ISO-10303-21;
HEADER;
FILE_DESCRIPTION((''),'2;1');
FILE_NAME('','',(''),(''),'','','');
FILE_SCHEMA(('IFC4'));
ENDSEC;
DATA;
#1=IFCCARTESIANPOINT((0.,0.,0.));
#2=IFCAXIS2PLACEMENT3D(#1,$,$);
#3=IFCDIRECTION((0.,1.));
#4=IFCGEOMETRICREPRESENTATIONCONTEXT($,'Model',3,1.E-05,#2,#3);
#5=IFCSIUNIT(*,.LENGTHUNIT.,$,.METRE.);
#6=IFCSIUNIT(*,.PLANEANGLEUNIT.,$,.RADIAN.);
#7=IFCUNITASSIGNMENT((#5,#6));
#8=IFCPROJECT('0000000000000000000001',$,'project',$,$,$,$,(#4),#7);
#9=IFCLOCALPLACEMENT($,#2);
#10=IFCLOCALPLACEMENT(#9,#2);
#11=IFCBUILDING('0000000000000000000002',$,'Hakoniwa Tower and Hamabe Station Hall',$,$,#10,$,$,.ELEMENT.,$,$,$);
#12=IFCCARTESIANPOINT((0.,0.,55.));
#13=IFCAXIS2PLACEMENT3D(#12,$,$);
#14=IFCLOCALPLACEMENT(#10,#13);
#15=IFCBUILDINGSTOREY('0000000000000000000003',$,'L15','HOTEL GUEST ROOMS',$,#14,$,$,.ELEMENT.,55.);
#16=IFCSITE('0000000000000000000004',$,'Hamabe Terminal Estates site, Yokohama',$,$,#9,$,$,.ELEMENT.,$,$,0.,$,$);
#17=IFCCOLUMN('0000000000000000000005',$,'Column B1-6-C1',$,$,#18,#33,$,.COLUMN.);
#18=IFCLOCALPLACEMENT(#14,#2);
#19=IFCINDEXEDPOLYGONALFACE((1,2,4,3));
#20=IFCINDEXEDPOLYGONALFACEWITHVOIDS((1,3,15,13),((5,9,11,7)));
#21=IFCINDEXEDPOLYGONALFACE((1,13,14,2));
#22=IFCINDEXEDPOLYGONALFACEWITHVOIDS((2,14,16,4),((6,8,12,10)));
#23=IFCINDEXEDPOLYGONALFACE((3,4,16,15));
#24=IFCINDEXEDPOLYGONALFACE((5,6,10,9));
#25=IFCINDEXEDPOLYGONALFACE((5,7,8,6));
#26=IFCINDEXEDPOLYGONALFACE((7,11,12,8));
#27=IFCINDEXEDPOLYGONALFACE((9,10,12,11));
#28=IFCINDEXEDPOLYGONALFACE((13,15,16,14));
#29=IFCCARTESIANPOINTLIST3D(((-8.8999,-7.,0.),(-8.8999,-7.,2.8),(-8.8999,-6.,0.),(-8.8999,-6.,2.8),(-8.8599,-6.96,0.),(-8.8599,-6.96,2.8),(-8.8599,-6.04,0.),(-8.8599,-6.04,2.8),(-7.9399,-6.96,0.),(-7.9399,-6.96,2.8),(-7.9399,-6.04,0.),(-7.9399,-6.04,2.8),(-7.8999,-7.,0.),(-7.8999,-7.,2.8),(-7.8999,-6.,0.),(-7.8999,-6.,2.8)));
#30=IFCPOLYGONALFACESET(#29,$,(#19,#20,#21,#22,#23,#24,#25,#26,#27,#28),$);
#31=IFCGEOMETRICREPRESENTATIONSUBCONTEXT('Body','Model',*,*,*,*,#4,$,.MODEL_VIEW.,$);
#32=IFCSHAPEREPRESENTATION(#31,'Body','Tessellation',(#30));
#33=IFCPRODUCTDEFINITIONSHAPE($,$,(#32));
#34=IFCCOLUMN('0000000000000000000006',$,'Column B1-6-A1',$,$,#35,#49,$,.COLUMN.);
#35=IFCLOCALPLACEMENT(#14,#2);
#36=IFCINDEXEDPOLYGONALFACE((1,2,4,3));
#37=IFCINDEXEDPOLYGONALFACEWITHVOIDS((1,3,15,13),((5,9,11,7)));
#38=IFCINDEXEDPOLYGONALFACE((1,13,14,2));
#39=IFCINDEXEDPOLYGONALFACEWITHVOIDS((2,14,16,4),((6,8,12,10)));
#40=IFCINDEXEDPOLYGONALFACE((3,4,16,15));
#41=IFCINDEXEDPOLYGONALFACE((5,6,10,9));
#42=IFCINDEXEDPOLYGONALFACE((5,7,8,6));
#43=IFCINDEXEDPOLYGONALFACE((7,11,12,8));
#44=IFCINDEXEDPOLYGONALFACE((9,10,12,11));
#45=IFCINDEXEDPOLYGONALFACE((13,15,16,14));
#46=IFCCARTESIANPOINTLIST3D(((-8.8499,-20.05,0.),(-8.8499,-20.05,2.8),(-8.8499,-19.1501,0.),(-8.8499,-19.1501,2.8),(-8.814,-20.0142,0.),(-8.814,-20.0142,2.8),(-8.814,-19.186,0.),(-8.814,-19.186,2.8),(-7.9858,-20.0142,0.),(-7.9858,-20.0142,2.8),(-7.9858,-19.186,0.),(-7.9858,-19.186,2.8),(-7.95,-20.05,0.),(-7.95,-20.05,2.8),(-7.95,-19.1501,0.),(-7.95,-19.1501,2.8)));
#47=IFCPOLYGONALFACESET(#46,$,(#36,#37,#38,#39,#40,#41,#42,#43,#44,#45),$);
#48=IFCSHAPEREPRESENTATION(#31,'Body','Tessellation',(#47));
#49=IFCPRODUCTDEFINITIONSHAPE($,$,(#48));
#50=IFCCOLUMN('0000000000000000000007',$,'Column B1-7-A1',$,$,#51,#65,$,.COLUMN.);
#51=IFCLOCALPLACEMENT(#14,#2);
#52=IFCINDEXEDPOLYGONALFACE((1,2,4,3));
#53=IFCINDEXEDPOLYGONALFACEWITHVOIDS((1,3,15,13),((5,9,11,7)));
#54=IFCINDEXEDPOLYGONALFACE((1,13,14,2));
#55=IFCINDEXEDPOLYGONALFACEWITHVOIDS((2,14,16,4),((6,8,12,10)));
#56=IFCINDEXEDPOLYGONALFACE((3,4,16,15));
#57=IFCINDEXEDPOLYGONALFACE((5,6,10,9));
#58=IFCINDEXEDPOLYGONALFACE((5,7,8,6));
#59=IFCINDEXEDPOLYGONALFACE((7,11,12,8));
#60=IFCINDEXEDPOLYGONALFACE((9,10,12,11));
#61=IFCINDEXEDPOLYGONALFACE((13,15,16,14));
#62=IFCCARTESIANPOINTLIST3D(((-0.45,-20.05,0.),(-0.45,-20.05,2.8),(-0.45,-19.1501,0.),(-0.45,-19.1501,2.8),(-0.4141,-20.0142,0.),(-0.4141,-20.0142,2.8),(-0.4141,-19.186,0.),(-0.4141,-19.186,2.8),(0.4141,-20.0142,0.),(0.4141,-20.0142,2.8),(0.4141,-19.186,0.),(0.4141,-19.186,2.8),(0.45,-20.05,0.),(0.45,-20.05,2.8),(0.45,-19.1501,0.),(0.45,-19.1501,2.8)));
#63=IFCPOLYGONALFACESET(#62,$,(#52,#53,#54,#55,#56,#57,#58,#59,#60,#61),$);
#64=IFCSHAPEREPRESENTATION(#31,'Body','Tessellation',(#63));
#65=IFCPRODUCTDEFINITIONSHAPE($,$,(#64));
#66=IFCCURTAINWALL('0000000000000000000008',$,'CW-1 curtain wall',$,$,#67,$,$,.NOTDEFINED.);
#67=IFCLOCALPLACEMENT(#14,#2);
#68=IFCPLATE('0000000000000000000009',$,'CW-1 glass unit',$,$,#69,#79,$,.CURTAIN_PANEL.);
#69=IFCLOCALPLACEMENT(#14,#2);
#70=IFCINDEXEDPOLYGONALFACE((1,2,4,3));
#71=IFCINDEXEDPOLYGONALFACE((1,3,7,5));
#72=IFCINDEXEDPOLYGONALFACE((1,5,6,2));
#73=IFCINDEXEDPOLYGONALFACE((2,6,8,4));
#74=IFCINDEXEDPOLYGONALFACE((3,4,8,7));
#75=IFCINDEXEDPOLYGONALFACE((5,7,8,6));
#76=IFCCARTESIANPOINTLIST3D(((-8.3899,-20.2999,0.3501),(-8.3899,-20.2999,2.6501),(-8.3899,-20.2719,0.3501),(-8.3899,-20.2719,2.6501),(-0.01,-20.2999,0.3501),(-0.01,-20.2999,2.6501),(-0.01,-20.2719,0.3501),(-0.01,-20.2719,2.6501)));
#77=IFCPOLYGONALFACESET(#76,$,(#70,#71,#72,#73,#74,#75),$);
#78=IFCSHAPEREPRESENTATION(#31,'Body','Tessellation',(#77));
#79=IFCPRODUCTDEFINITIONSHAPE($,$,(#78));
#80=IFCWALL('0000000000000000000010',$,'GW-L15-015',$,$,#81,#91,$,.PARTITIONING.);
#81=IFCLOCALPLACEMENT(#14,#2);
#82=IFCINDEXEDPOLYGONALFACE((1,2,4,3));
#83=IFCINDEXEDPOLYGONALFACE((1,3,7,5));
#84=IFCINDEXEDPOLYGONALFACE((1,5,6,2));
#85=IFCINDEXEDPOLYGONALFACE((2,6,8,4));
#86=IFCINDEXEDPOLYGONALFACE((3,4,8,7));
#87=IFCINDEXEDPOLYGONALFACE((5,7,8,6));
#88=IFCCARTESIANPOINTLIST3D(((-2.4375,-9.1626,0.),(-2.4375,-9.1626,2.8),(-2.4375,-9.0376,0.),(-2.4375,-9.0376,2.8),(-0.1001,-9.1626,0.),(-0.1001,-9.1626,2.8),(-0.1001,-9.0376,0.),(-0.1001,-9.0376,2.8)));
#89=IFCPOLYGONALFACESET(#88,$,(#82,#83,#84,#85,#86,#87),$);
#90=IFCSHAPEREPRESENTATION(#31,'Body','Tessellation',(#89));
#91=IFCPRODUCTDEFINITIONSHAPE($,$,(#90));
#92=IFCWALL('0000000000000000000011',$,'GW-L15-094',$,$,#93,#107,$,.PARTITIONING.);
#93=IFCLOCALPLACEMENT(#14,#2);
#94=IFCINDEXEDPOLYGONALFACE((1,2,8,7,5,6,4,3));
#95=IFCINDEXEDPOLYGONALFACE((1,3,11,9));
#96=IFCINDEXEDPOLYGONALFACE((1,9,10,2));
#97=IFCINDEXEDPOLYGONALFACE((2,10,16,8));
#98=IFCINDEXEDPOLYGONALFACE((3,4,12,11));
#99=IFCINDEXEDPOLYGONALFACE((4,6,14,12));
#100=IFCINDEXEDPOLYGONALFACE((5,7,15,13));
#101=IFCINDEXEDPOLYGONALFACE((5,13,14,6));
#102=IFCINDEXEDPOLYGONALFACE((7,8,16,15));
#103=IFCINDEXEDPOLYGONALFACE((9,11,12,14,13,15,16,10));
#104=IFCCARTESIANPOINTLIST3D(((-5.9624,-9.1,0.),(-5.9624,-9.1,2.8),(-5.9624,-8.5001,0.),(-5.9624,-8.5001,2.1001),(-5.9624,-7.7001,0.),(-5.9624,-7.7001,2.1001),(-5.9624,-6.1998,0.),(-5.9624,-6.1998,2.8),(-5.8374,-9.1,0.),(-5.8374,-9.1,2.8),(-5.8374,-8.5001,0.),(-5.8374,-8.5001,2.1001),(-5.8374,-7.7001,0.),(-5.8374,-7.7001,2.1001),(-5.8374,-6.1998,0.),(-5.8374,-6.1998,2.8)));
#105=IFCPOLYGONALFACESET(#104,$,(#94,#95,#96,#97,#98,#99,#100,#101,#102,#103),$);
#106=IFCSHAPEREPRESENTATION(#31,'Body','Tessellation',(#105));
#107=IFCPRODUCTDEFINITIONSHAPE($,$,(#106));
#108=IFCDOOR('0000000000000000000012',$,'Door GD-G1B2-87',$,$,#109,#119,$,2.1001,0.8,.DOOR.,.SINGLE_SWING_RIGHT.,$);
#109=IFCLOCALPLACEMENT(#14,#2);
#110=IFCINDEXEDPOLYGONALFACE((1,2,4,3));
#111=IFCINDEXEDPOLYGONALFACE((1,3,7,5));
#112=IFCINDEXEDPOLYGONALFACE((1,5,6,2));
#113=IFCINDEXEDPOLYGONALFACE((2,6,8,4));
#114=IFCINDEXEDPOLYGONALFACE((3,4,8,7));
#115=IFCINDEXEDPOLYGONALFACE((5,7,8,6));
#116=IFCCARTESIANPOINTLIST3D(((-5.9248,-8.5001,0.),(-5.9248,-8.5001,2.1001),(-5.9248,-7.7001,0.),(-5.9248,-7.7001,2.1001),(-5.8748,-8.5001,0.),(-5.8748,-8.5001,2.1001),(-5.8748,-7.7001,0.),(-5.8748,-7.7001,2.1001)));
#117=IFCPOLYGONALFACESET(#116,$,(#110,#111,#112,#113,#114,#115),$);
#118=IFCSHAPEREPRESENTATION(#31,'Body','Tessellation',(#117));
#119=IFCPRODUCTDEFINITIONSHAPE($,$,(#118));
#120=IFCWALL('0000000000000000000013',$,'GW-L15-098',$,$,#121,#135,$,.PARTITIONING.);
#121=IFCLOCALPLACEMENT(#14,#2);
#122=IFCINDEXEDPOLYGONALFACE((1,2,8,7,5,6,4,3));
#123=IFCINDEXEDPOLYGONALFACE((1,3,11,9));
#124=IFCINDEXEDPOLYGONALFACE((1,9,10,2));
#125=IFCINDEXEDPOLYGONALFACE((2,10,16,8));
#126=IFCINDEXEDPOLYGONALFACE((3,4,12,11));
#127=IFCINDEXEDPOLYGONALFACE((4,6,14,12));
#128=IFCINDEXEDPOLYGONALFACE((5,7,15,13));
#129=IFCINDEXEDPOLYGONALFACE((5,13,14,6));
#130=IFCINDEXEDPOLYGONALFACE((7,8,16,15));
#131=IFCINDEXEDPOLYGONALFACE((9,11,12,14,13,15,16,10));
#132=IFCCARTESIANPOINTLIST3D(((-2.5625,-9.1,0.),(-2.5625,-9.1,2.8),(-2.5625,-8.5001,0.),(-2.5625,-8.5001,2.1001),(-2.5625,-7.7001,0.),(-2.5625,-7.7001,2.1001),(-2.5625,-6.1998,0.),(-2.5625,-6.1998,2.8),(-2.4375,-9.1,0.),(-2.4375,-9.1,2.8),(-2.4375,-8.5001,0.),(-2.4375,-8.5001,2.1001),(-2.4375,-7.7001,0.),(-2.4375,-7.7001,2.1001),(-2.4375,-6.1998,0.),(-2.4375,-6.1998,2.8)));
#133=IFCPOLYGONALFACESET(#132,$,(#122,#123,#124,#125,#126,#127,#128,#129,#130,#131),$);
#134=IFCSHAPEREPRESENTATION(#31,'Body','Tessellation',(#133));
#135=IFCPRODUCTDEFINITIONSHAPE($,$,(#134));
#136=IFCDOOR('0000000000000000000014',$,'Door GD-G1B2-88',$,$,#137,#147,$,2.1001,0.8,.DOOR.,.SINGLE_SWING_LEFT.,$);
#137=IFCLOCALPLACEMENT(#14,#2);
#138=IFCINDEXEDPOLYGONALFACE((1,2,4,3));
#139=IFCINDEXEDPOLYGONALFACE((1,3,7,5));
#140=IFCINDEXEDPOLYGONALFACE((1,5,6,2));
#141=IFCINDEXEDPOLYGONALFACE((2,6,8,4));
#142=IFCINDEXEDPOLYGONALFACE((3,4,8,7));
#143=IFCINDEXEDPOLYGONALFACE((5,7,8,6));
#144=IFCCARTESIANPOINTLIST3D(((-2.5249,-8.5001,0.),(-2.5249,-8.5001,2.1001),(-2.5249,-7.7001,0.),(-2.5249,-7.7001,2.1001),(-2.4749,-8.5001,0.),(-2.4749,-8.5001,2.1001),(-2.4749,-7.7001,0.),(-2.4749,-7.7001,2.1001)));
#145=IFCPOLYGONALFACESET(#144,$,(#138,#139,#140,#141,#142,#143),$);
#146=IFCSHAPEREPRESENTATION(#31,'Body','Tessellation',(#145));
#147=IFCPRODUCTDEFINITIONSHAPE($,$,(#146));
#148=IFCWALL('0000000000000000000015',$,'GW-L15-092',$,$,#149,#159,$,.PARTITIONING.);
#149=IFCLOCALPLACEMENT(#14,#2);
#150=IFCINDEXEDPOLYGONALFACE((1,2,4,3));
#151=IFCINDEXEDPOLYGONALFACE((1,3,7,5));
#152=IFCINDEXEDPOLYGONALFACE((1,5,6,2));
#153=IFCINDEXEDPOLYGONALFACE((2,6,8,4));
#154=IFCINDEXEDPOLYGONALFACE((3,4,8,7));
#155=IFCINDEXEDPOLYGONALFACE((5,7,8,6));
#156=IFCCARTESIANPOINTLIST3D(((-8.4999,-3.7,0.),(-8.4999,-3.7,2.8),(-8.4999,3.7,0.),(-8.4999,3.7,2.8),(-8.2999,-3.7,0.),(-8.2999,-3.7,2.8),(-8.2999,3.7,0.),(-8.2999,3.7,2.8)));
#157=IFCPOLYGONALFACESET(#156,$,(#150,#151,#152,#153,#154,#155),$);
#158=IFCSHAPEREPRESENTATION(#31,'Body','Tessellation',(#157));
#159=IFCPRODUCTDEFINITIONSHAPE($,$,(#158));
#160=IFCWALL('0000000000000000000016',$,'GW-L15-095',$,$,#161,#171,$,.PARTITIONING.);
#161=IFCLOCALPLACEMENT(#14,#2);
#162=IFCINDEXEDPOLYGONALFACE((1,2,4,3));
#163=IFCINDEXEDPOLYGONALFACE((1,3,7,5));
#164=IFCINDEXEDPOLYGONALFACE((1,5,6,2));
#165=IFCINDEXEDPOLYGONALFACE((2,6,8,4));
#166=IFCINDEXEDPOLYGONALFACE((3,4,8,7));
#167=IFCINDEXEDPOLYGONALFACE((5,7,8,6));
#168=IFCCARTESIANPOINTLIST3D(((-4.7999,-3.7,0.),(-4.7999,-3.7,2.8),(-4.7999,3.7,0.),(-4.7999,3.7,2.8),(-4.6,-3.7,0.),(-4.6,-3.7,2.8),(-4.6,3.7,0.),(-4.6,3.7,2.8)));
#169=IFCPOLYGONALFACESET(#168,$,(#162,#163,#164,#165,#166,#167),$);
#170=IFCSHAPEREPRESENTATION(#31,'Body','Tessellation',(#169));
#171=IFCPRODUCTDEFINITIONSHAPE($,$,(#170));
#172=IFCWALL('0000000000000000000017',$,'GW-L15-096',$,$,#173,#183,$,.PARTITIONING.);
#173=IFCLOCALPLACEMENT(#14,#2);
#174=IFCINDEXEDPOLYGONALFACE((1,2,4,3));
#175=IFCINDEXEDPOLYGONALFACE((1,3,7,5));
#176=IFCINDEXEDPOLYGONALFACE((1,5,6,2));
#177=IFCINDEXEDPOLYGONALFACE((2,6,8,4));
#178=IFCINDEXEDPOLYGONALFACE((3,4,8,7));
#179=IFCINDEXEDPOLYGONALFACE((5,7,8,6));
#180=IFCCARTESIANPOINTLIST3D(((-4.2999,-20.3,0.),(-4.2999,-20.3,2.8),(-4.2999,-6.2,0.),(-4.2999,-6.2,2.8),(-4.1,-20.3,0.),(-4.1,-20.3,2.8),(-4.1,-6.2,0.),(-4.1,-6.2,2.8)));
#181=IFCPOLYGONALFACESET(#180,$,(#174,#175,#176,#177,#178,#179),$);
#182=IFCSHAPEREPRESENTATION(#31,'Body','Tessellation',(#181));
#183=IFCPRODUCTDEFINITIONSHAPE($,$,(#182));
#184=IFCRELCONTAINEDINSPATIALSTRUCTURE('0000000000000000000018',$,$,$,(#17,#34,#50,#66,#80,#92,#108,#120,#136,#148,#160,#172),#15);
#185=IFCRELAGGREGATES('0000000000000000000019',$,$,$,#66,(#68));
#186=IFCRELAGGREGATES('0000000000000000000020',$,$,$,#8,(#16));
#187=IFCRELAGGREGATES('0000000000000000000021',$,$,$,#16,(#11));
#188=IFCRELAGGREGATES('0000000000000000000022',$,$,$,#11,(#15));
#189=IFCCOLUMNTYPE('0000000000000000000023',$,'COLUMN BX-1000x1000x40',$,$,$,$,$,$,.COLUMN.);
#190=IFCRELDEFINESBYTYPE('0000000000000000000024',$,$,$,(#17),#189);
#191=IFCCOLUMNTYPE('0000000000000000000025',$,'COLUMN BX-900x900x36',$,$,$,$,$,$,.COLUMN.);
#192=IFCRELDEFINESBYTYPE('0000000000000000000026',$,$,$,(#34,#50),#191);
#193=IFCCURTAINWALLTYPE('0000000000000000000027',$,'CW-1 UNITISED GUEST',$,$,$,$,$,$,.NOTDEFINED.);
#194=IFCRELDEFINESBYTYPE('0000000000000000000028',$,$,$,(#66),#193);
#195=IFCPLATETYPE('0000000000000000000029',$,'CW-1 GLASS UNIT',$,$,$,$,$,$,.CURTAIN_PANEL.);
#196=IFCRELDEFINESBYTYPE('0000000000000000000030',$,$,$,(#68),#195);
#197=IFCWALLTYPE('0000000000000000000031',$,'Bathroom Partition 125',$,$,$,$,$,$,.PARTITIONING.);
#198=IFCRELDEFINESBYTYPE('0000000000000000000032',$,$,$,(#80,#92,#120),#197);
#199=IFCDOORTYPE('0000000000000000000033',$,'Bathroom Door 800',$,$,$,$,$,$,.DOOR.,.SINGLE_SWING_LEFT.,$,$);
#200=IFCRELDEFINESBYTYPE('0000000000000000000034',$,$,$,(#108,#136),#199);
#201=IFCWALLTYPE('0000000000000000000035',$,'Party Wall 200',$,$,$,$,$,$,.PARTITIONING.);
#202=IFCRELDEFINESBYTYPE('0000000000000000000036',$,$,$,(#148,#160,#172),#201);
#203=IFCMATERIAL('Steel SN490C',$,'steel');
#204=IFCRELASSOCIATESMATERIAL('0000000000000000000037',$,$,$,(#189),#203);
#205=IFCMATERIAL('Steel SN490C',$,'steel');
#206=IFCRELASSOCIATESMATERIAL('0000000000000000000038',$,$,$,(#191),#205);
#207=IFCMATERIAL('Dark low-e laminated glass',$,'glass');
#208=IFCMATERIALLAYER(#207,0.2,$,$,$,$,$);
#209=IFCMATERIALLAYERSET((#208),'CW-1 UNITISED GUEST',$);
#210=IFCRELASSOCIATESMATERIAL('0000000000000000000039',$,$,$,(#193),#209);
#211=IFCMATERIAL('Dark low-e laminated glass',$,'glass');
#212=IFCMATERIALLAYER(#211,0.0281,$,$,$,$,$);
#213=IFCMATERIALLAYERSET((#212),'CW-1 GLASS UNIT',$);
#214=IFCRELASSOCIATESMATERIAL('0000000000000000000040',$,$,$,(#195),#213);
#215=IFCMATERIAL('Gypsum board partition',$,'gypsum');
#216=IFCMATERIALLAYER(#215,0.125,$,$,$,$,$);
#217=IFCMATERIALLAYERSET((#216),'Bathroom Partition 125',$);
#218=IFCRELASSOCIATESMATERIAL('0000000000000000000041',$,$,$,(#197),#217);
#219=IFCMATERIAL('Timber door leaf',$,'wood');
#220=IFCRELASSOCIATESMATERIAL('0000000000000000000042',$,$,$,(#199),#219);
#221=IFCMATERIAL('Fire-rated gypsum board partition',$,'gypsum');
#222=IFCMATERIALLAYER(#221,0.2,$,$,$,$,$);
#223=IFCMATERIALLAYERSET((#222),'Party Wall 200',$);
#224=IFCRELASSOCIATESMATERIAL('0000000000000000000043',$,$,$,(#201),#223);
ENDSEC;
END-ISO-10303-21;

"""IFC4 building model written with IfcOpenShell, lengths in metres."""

from ifc_helpers import new_model, si_unit, direction, frame, frame_2d, origin, origin_2d, place, context, subcontext, project, spatial, rectangle, hollow_rectangle, extrude, material, layer, layer_set, material_profile, profile_set, type_object, element, fill, aggregate, save


model = new_model("IFC4")

# Units and contexts
model_context = context("Model", 3, precision=1e-05, world=origin(), true_north=direction((0.0, 1.0)))
body_context = subcontext(model_context, "Body", "Model", "MODEL_VIEW")
ifc_project = project(units=[si_unit("LENGTHUNIT", "METRE"), si_unit("PLANEANGLEUNIT", "RADIAN")], contexts=[model_context])

# Site, building, storey
site_placement = place(None, origin())
site = spatial("IfcSite", under=ifc_project, at=site_placement, Name="Hamabe Terminal Estates site, Yokohama", CompositionType="ELEMENT", RefElevation=0.0)
building_placement = place(site_placement, origin())
building = spatial("IfcBuilding", under=site, at=building_placement, Name="Hakoniwa Tower and Hamabe Station Hall", CompositionType="ELEMENT")
storey_placement = place(building_placement, frame((0.0, 0.0, 55.0)))
storey = spatial("IfcBuildingStorey", under=building, at=storey_placement, Name="L15", Description="HOTEL GUEST ROOMS", CompositionType="ELEMENT", Elevation=55.0)

# Columns
ifc_material_1 = material(Name="Steel SN490C", Category="steel")
ifc_material_profile_1 = material_profile(ifc_material_1, hollow_rectangle(XDim=1.0, YDim=1.0, WallThickness=0.04, at=origin_2d()), Name="BX-1000x1000x40")
ifc_profile_set_1 = profile_set([ifc_material_profile_1], Name="Steel SN490C")
column_type_1 = type_object("IfcColumnType", Name="COLUMN BX-1000x1000x40", PredefinedType="COLUMN", material=ifc_profile_set_1)
column_placement = place(storey_placement, frame((-8.3999, -6.5, 0.0), z_axis=(0.0, 0.0, 1.0), x_axis=(1.0, 0.0, 0.0)))
element("IfcColumn", 1, at=column_placement, inside=storey, type_object=column_type_1, Name="Column B1-6-C1", PredefinedType="COLUMN", context=body_context, shape_type="SweptSolid", body=[
    extrude(hollow_rectangle(XDim=1.0, YDim=1.0, WallThickness=0.04, at=origin_2d()), origin(), (0.0, 0.0, 1.0), 2.8),
])
ifc_material_2 = material(Name="Steel SN490C", Category="steel")
ifc_material_profile_2 = material_profile(ifc_material_2, hollow_rectangle(XDim=0.8999, YDim=0.8999, WallThickness=0.0359, at=origin_2d()), Name="BX-900x900x36")
ifc_profile_set_2 = profile_set([ifc_material_profile_2], Name="Steel SN490C")
column_type_2 = type_object("IfcColumnType", Name="COLUMN BX-900x900x36", PredefinedType="COLUMN", material=ifc_profile_set_2)
for number, where, z_axis, x_axis, name in (
    (2, (-8.3999, -19.6001, 0.0), (0.0, 0.0, 1.0), (1.0, 0.0, 0.0), "Column B1-6-A1"),
    (3, (0.0, -19.6001, 0.0), (0.0, 0.0, 1.0), (1.0, 0.0, 0.0), "Column B1-7-A1"),
):
    element("IfcColumn", number, at=place(storey_placement, frame(where, z_axis=z_axis, x_axis=x_axis)), inside=storey, type_object=column_type_2, Name=name, PredefinedType="COLUMN", context=body_context, shape_type="SweptSolid", body=[
        extrude(hollow_rectangle(XDim=0.8999, YDim=0.8999, WallThickness=0.0359, at=origin_2d()), origin(), (0.0, 0.0, 1.0), 2.8),
    ])

# Curtain wall, plate
ifc_material_3 = material(Name="Dark low-e laminated glass", Category="glass")
ifc_layer_1 = layer(ifc_material_3, 0.2)
ifc_layer_set_1 = layer_set([ifc_layer_1], Name="CW-1 UNITISED GUEST")
curtain_wall_type = type_object("IfcCurtainWallType", Name="CW-1 UNITISED GUEST", PredefinedType="NOTDEFINED", material=ifc_layer_set_1)
curtain_wall_placement = place(storey_placement, origin())
curtain_wall = element("IfcCurtainWall", 4, at=curtain_wall_placement, inside=storey, type_object=curtain_wall_type, Name="CW-1 curtain wall", PredefinedType="NOTDEFINED")
ifc_material_4 = material(Name="Dark low-e laminated glass", Category="glass")
ifc_layer_2 = layer(ifc_material_4, 0.0281)
ifc_layer_set_2 = layer_set([ifc_layer_2], Name="CW-1 GLASS UNIT")
plate_type = type_object("IfcPlateType", Name="CW-1 GLASS UNIT", PredefinedType="CURTAIN_PANEL", material=ifc_layer_set_2)
plate_placement = place(storey_placement, frame((-4.2, -20.2859, 0.3501), z_axis=(0.0, 0.0, 1.0), x_axis=(1.0, 0.0, 0.0)))
plate = element("IfcPlate", 5, at=plate_placement, type_object=plate_type, Name="CW-1 glass unit", PredefinedType="CURTAIN_PANEL", context=body_context, shape_type="SweptSolid", body=[
    extrude(rectangle(XDim=8.3799, YDim=0.0281, at=origin_2d()), origin(), (0.0, 0.0, 1.0), 2.3),
])
aggregate(curtain_wall, [plate])

# Wall
ifc_material_5 = material(Name="Gypsum board partition", Category="gypsum")
ifc_layer_3 = layer(ifc_material_5, 0.125)
ifc_layer_set_3 = layer_set([ifc_layer_3], Name="Bathroom Partition 125")
wall_type_1 = type_object("IfcWallType", Name="Bathroom Partition 125", PredefinedType="PARTITIONING", material=ifc_layer_set_3)
wall_1_placement = place(storey_placement, frame((-2.4375, -9.1001, 0.0), z_axis=(0.0, 0.0, 1.0), x_axis=(1.0, 0.0, 0.0)))
element("IfcWall", 6, at=wall_1_placement, inside=storey, type_object=wall_type_1, Name="GW-L15-015", PredefinedType="PARTITIONING", context=body_context, shape_type="SweptSolid", body=[
    extrude(rectangle(XDim=2.3374, YDim=0.125, at=frame_2d((1.1687, 0.0))), origin(), (0.0, 0.0, 1.0), 2.8),
])

# Walls, openings, doors
wall_2_placement = place(storey_placement, frame((-5.8999, -9.1001, 0.0), z_axis=(0.0, 0.0, 1.0), x_axis=(0.0, 1.0, 0.0)))
wall_2 = element("IfcWall", 7, at=wall_2_placement, inside=storey, type_object=wall_type_1, Name="GW-L15-094", PredefinedType="PARTITIONING", context=body_context, shape_type="SweptSolid", body=[
    extrude(rectangle(XDim=2.9001, YDim=0.125, at=frame_2d((1.4502, 0.0))), origin(), (0.0, 0.0, 1.0), 2.8),
])
opening_1_placement = place(wall_2_placement, frame((0.6001, 0.0, 0.0)))
opening_1 = element("IfcOpeningElement", 8, at=opening_1_placement, cuts=wall_2, PredefinedType="OPENING", context=body_context, shape_type="SweptSolid", body=[
    extrude(rectangle(XDim=0.8, YDim=2.1001, at=frame_2d((0.3999, 1.05))), frame((0.0, 0.0725, 0.0), z_axis=(0.0, -1.0, 0.0), x_axis=(1.0, 0.0, 0.0)), (0.0, 0.0, 1.0), 0.145),
])
ifc_material_6 = material(Name="Timber door leaf", Category="wood")
door_type = type_object("IfcDoorType", Name="Bathroom Door 800", OperationType="SINGLE_SWING_LEFT", PredefinedType="DOOR", material=ifc_material_6)
door_1_placement = place(opening_1_placement, origin())
door_1 = element("IfcDoor", 9, at=door_1_placement, inside=storey, type_object=door_type, Name="Door GD-G1B2-87", OperationType="SINGLE_SWING_RIGHT", OverallHeight=2.1001, OverallWidth=0.8, PredefinedType="DOOR", context=body_context, shape_type="SweptSolid", body=[
    extrude(rectangle(XDim=0.8, YDim=2.1001, at=frame_2d((0.3999, 1.05))), frame((0.0, 0.0249, 0.0), z_axis=(0.0, -1.0, 0.0), x_axis=(1.0, 0.0, 0.0)), (0.0, 0.0, 1.0), 0.05),
])
fill(opening_1, door_1)
wall_3_placement = place(storey_placement, frame((-2.5, -9.1001, 0.0), z_axis=(0.0, 0.0, 1.0), x_axis=(0.0, 1.0, 0.0)))
wall_3 = element("IfcWall", 10, at=wall_3_placement, inside=storey, type_object=wall_type_1, Name="GW-L15-098", PredefinedType="PARTITIONING", context=body_context, shape_type="SweptSolid", body=[
    extrude(rectangle(XDim=2.9001, YDim=0.125, at=frame_2d((1.4502, 0.0))), origin(), (0.0, 0.0, 1.0), 2.8),
])
opening_2_placement = place(wall_3_placement, frame((0.6001, 0.0, 0.0)))
opening_2 = element("IfcOpeningElement", 11, at=opening_2_placement, cuts=wall_3, PredefinedType="OPENING", context=body_context, shape_type="SweptSolid", body=[
    extrude(rectangle(XDim=0.8, YDim=2.1001, at=frame_2d((0.3999, 1.05))), frame((0.0, 0.0725, 0.0), z_axis=(0.0, -1.0, 0.0), x_axis=(1.0, 0.0, 0.0)), (0.0, 0.0, 1.0), 0.145),
])
door_2_placement = place(opening_2_placement, origin())
door_2 = element("IfcDoor", 12, at=door_2_placement, inside=storey, type_object=door_type, Name="Door GD-G1B2-88", OperationType="SINGLE_SWING_LEFT", OverallHeight=2.1001, OverallWidth=0.8, PredefinedType="DOOR", context=body_context, shape_type="SweptSolid", body=[
    extrude(rectangle(XDim=0.8, YDim=2.1001, at=frame_2d((0.3999, 1.05))), frame((0.0, 0.0249, 0.0), z_axis=(0.0, -1.0, 0.0), x_axis=(1.0, 0.0, 0.0)), (0.0, 0.0, 1.0), 0.05),
])
fill(opening_2, door_2)

# Walls
ifc_material_7 = material(Name="Fire-rated gypsum board partition", Category="gypsum")
ifc_layer_4 = layer(ifc_material_7, 0.2)
ifc_layer_set_4 = layer_set([ifc_layer_4], Name="Party Wall 200")
wall_type_2 = type_object("IfcWallType", Name="Party Wall 200", PredefinedType="PARTITIONING", material=ifc_layer_set_4)
for number, where, z_axis, x_axis, name in (
    (13, (-8.3999, -3.7, 0.0), (0.0, 0.0, 1.0), (0.0, 1.0, 0.0), "GW-L15-092"),
    (14, (-4.7, -3.7, 0.0), (0.0, 0.0, 1.0), (0.0, 1.0, 0.0), "GW-L15-095"),
):
    element("IfcWall", number, at=place(storey_placement, frame(where, z_axis=z_axis, x_axis=x_axis)), inside=storey, type_object=wall_type_2, Name=name, PredefinedType="PARTITIONING", context=body_context, shape_type="SweptSolid", body=[
        extrude(rectangle(XDim=7.3999, YDim=0.2, at=frame_2d((3.7, 0.0))), origin(), (0.0, 0.0, 1.0), 2.8),
    ])
wall_4_placement = place(storey_placement, frame((-4.2, -20.3, 0.0), z_axis=(0.0, 0.0, 1.0), x_axis=(0.0, 1.0, 0.0)))
element("IfcWall", 15, at=wall_4_placement, inside=storey, type_object=wall_type_2, Name="GW-L15-096", PredefinedType="PARTITIONING", context=body_context, shape_type="SweptSolid", body=[
    extrude(rectangle(XDim=14.1001, YDim=0.2, at=frame_2d((7.05, 0.0))), origin(), (0.0, 0.0, 1.0), 2.8),
])

save(model, "model.ifc")
